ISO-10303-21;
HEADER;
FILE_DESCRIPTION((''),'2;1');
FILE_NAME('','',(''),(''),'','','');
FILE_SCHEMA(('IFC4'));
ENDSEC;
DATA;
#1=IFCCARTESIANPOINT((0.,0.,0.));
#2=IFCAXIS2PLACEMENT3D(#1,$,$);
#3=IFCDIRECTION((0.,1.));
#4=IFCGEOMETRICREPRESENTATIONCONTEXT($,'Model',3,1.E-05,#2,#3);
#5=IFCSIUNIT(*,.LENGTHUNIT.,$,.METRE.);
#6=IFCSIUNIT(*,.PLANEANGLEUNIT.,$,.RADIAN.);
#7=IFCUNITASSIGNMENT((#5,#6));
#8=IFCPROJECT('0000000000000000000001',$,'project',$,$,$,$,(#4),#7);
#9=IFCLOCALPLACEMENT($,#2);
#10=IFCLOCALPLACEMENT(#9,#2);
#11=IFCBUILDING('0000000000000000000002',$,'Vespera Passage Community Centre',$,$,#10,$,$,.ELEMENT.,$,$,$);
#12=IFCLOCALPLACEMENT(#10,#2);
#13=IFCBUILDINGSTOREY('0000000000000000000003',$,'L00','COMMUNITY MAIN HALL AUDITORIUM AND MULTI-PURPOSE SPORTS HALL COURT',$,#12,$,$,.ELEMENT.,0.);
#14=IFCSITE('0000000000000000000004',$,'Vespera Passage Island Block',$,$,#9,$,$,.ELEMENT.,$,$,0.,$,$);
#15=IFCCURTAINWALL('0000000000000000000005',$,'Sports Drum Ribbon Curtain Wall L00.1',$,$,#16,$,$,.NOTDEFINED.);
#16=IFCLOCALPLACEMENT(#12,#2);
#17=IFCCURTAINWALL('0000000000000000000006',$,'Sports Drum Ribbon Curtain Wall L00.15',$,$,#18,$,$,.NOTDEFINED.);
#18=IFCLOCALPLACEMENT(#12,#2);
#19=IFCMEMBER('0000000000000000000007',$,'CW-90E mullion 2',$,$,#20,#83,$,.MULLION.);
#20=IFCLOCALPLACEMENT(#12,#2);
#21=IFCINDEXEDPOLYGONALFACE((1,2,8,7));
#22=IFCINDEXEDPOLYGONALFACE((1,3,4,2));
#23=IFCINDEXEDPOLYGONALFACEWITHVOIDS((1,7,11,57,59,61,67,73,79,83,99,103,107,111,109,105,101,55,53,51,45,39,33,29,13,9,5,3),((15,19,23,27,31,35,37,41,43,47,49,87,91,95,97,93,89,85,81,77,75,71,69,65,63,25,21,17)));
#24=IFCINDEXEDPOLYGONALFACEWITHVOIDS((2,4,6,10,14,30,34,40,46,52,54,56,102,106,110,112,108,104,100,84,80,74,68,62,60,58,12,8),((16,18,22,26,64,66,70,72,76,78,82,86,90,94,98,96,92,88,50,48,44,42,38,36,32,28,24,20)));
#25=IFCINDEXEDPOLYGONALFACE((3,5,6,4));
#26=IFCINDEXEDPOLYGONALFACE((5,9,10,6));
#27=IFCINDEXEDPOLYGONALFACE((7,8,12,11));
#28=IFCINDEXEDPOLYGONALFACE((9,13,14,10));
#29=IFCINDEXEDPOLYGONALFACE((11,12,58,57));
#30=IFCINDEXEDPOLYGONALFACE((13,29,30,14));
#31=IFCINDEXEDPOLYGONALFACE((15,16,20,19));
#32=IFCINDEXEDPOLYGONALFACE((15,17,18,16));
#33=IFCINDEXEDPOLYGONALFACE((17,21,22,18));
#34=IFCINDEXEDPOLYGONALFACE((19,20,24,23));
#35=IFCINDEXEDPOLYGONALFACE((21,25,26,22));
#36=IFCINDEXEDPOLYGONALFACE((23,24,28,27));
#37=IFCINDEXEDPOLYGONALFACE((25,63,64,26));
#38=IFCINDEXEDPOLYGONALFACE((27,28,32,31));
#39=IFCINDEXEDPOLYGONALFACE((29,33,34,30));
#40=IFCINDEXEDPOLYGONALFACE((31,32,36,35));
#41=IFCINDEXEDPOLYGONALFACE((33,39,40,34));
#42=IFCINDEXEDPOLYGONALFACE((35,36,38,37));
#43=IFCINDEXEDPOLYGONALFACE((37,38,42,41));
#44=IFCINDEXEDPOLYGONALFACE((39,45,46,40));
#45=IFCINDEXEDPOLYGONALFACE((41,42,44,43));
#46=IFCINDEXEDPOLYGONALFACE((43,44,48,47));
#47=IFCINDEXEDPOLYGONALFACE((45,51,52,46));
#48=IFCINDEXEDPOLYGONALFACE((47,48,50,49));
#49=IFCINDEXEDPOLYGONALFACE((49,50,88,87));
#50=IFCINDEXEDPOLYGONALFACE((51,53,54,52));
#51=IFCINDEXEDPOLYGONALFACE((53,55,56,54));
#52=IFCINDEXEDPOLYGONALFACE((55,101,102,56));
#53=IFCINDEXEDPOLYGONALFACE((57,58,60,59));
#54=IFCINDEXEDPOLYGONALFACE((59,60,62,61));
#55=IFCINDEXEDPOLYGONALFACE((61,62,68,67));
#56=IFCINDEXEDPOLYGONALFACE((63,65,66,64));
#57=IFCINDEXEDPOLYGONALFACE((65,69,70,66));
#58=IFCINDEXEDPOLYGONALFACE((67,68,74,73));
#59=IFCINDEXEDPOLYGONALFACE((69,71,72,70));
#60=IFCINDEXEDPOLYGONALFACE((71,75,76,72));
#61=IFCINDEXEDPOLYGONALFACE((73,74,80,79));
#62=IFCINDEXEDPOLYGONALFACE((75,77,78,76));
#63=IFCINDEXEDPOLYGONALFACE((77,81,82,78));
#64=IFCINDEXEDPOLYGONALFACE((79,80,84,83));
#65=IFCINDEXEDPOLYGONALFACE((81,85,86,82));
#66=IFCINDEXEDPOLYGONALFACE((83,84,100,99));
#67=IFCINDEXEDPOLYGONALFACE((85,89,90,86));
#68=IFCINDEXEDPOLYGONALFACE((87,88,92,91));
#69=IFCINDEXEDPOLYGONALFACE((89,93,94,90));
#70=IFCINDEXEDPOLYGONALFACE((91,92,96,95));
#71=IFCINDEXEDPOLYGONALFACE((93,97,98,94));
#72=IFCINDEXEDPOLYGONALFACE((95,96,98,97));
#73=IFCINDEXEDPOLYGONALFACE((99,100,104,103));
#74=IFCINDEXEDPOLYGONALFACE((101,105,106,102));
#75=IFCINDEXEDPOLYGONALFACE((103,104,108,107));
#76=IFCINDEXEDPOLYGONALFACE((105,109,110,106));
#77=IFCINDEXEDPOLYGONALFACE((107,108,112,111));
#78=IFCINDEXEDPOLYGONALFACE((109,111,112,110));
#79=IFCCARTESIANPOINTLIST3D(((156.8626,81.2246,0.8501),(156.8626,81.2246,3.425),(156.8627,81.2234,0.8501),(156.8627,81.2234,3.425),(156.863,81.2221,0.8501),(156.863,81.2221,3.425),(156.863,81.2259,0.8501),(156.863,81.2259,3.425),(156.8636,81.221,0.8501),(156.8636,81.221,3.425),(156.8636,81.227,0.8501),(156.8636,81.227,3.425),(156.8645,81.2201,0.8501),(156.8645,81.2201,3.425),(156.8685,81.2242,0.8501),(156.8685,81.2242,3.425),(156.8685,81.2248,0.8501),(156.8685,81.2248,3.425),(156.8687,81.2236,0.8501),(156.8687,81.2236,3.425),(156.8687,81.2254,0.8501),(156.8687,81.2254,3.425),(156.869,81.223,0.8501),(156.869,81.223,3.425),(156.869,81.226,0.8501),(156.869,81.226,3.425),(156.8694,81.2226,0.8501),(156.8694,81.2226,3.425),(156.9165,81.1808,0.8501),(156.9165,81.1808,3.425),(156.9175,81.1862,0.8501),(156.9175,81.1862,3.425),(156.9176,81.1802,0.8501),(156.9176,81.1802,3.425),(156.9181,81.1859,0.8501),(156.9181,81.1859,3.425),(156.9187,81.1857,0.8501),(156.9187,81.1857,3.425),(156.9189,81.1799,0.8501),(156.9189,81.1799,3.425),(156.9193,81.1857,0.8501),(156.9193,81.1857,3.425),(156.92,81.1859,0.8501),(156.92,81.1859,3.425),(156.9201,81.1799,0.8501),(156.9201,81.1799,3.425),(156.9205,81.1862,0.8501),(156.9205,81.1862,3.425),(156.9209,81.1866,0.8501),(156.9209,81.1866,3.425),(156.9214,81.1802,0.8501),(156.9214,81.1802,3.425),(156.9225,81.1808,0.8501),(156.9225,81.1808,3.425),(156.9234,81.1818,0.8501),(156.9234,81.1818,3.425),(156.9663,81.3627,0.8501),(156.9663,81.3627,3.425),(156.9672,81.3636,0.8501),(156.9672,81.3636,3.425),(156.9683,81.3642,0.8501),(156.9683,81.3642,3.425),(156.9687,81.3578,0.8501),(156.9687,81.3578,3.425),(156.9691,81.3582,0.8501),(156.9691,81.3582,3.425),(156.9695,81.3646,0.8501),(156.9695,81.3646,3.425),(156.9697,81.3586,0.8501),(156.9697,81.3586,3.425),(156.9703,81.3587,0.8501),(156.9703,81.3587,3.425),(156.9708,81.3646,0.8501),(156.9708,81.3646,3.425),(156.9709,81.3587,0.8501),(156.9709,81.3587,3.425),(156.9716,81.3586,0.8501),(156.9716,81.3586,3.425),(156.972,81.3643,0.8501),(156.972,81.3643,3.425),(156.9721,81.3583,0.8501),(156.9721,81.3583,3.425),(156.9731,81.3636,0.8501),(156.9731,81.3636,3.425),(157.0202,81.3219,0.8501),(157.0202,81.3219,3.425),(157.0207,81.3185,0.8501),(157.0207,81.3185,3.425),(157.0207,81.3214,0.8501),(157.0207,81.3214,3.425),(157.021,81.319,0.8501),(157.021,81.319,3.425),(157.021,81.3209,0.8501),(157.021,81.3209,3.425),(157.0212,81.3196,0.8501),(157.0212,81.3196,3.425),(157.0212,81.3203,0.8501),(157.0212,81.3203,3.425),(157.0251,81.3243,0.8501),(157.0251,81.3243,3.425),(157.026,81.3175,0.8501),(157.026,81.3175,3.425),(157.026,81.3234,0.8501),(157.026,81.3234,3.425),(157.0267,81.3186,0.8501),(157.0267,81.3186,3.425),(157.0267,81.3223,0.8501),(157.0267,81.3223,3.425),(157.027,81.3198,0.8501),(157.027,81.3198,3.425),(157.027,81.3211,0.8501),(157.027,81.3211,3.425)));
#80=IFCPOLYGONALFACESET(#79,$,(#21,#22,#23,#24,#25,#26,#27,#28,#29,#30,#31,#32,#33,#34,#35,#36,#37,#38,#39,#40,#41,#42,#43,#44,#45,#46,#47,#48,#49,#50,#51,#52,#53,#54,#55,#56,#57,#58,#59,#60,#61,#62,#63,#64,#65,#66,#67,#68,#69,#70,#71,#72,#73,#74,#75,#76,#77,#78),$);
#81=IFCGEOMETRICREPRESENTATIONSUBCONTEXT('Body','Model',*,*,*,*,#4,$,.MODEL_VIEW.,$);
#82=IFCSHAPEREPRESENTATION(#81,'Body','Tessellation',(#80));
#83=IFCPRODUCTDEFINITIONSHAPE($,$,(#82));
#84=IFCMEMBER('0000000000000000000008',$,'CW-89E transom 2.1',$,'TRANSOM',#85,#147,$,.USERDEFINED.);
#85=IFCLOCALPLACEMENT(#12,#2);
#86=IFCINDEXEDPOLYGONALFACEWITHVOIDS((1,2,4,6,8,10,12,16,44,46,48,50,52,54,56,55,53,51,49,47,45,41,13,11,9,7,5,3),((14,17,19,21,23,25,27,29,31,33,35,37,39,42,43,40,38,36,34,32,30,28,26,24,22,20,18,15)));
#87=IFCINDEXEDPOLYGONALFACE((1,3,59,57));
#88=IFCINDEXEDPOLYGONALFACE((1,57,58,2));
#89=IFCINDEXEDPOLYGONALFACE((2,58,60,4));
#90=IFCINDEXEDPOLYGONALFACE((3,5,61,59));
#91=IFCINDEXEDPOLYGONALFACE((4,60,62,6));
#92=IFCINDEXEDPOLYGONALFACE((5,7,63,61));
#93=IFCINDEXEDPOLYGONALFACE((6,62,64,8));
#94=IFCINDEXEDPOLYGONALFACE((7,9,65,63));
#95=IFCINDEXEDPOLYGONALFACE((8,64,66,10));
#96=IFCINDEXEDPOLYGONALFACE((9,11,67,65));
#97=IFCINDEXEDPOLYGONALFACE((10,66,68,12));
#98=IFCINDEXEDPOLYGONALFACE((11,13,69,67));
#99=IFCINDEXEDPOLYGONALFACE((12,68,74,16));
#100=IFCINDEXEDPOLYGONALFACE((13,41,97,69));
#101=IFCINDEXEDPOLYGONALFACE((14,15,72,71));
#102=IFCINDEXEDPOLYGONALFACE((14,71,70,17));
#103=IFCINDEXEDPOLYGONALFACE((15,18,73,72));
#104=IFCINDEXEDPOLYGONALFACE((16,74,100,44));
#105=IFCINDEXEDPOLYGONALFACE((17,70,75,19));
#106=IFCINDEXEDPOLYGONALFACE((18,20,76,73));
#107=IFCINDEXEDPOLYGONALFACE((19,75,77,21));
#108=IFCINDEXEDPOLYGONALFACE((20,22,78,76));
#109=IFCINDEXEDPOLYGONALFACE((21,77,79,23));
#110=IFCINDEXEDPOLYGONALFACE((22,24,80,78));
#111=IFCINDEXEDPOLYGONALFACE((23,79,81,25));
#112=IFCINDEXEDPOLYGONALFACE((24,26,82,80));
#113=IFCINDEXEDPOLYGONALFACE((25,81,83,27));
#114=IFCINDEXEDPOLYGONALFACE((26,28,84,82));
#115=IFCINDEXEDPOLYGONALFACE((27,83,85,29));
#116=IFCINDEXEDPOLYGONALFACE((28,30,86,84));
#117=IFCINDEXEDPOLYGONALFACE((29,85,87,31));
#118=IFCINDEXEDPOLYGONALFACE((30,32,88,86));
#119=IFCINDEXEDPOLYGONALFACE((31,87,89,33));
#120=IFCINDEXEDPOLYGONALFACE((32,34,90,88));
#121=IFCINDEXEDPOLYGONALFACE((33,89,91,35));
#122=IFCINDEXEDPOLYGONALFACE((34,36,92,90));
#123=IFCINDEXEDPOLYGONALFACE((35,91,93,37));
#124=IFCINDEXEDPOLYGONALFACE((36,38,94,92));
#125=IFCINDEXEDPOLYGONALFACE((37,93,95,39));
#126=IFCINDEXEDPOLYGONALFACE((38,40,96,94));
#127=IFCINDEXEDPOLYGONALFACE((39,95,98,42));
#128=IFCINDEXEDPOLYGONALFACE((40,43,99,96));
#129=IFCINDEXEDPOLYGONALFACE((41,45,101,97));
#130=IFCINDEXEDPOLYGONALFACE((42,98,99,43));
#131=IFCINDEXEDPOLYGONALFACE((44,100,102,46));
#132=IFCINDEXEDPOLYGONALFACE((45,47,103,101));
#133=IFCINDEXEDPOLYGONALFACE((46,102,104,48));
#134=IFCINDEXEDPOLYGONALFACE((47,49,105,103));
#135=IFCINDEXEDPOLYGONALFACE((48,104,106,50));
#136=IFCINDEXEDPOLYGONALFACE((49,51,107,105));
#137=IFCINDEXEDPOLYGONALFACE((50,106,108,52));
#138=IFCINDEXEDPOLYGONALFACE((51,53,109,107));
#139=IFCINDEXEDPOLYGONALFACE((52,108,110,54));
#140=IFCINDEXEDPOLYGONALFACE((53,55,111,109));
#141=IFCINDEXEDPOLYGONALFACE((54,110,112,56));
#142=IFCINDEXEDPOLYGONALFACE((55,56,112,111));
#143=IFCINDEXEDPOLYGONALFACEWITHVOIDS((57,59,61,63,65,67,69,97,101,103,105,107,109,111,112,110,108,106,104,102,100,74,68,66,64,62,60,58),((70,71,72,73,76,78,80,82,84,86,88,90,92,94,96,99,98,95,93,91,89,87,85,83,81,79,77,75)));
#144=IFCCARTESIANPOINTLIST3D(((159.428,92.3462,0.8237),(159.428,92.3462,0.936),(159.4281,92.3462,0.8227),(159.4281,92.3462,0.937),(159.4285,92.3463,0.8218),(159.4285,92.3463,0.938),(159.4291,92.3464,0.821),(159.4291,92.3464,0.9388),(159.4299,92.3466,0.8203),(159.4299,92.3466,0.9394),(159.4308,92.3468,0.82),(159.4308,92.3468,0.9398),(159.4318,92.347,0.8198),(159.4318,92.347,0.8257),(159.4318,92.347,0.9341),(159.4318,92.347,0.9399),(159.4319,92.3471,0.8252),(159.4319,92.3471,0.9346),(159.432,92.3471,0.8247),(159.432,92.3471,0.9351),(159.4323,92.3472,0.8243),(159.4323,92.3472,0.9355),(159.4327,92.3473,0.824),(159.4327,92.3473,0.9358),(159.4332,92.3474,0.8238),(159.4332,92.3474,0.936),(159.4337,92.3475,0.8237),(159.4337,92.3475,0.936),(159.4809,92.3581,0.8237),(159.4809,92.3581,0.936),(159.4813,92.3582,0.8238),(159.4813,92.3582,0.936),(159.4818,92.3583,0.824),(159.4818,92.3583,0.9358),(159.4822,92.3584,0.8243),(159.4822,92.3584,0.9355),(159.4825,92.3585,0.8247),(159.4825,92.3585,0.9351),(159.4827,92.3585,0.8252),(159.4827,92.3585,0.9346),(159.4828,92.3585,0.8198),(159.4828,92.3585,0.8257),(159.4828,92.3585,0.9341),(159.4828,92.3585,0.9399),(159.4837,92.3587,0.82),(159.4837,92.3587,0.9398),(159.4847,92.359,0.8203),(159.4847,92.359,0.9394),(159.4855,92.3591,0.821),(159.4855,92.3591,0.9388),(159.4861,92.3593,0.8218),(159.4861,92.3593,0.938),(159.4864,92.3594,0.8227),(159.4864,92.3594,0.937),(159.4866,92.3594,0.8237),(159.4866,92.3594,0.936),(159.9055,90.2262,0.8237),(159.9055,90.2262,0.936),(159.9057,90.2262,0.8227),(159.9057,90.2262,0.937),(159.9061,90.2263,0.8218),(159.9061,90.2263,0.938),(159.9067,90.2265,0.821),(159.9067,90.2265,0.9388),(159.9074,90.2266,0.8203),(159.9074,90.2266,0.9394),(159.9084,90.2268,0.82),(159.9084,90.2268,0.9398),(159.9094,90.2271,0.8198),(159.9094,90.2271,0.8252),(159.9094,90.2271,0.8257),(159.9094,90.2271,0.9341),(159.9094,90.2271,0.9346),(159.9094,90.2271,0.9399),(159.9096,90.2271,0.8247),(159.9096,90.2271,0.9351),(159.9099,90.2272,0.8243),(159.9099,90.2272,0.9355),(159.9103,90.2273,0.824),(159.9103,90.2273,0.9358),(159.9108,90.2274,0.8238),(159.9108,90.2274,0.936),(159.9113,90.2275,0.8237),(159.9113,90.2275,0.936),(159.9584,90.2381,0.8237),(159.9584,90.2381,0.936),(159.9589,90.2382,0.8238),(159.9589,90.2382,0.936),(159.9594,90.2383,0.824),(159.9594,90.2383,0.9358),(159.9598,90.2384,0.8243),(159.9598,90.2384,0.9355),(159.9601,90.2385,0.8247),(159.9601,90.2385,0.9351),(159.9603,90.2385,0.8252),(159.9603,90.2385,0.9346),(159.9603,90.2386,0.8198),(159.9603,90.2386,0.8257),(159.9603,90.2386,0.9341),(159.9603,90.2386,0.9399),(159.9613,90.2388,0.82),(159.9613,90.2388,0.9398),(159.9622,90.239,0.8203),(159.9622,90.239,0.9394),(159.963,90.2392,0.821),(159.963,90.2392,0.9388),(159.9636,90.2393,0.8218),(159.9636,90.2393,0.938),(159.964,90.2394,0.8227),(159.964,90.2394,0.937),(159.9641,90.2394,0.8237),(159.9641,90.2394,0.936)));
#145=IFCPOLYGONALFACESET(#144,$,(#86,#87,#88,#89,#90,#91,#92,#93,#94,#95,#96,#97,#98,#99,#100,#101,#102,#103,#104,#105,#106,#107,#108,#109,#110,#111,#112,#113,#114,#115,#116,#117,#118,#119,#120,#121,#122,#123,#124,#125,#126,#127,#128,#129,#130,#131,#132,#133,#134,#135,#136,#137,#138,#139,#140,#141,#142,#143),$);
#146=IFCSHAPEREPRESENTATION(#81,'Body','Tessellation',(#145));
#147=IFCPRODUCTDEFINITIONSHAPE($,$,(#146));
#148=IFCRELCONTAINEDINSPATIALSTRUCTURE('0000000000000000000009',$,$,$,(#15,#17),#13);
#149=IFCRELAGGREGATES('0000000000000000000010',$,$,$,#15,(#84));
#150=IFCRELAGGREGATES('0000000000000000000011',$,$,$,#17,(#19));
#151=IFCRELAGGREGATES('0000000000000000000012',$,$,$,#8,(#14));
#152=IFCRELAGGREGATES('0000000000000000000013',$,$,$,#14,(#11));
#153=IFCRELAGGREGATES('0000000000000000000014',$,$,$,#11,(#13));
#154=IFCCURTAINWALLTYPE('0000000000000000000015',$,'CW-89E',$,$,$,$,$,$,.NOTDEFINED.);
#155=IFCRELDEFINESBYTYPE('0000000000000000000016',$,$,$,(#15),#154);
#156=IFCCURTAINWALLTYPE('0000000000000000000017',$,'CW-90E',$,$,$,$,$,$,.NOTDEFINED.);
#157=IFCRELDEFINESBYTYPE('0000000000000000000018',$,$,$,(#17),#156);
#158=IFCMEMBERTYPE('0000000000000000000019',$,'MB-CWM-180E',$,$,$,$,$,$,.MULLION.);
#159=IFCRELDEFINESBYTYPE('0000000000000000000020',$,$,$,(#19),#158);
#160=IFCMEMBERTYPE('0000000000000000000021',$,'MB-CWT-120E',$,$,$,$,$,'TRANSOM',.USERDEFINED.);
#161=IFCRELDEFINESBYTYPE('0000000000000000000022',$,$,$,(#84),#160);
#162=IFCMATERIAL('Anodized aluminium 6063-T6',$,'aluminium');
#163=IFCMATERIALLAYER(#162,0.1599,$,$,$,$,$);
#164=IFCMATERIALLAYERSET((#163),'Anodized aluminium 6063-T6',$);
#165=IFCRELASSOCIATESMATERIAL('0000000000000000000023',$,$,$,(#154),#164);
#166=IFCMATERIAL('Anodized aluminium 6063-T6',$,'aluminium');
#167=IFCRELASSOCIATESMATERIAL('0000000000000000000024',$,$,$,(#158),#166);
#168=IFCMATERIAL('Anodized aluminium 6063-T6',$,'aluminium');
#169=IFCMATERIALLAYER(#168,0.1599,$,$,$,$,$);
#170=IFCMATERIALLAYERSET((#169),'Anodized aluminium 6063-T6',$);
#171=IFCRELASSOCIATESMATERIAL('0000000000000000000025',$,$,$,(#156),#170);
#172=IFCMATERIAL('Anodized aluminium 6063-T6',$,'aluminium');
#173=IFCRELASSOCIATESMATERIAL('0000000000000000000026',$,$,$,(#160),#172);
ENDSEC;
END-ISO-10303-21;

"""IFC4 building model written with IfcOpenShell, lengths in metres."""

from ifc_helpers import new_model, si_unit, direction, frame, origin, origin_2d, place, context, subcontext, project, spatial, hollow_rectangle, extrude, material, layer, layer_set, material_profile, profile_set, type_object, element, aggregate, save


model = new_model("IFC4")

# Units and contexts
model_context = context("Model", 3, precision=1e-05, world=origin(), true_north=direction((0.0, 1.0)))
body_context = subcontext(model_context, "Body", "Model", "MODEL_VIEW")
ifc_project = project(units=[si_unit("LENGTHUNIT", "METRE"), si_unit("PLANEANGLEUNIT", "RADIAN")], contexts=[model_context])

# Site, building, storey
site_placement = place(None, origin())
site = spatial("IfcSite", under=ifc_project, at=site_placement, Name="Vespera Passage Island Block", CompositionType="ELEMENT", RefElevation=0.0)
building_placement = place(site_placement, origin())
building = spatial("IfcBuilding", under=site, at=building_placement, Name="Vespera Passage Community Centre", CompositionType="ELEMENT")
storey_placement = place(building_placement, origin())
storey = spatial("IfcBuildingStorey", under=building, at=storey_placement, Name="L00", Description="COMMUNITY MAIN HALL AUDITORIUM AND MULTI-PURPOSE SPORTS HALL COURT", CompositionType="ELEMENT", Elevation=0.0)

# Curtain wall
ifc_material_1 = material(Name="Anodized aluminium 6063-T6", Category="aluminium")
ifc_layer_1 = layer(ifc_material_1, 0.1599)
ifc_layer_set_1 = layer_set([ifc_layer_1], Name="Anodized aluminium 6063-T6")
curtain_wall_type_1 = type_object("IfcCurtainWallType", Name="CW-89E", PredefinedType="NOTDEFINED", material=ifc_layer_set_1)
curtain_wall_1_placement = place(storey_placement, origin())
curtain_wall_1 = element("IfcCurtainWall", 1, at=curtain_wall_1_placement, inside=storey, type_object=curtain_wall_type_1, Name="Sports Drum Ribbon Curtain Wall L00.1", PredefinedType="NOTDEFINED")
ifc_material_2 = material(Name="Anodized aluminium 6063-T6", Category="aluminium")
ifc_material_profile_1 = material_profile(ifc_material_2, hollow_rectangle(XDim=0.075, YDim=0.1799, WallThickness=0.0049, InnerFilletRadius=0.0024, OuterFilletRadius=0.0049, at=origin_2d()), Name="ALU180X75X5")
ifc_profile_set_1 = profile_set([ifc_material_profile_1], Name="Anodized aluminium 6063-T6")
member_type_1 = type_object("IfcMemberType", Name="MB-CWM-180E", PredefinedType="MULLION", material=ifc_profile_set_1)

# Curtain wall, member
ifc_material_3 = material(Name="Anodized aluminium 6063-T6", Category="aluminium")
ifc_layer_2 = layer(ifc_material_3, 0.1599)
ifc_layer_set_2 = layer_set([ifc_layer_2], Name="Anodized aluminium 6063-T6")
curtain_wall_type_2 = type_object("IfcCurtainWallType", Name="CW-90E", PredefinedType="NOTDEFINED", material=ifc_layer_set_2)
curtain_wall_2_placement = place(storey_placement, origin())
curtain_wall_2 = element("IfcCurtainWall", 2, at=curtain_wall_2_placement, inside=storey, type_object=curtain_wall_type_2, Name="Sports Drum Ribbon Curtain Wall L00.15", PredefinedType="NOTDEFINED")
member_1_placement = place(storey_placement, frame((156.9448, 81.2722, 0.8501), z_axis=(0.0, 0.0, 1.0), x_axis=(0.797434, -0.603406, 0.0)))
member_1 = element("IfcMember", 3, at=member_1_placement, type_object=member_type_1, Name="CW-90E mullion 2", PredefinedType="MULLION", context=body_context, shape_type="SweptSolid", body=[
    extrude(hollow_rectangle(XDim=0.075, YDim=0.1799, WallThickness=0.0049, InnerFilletRadius=0.0024, OuterFilletRadius=0.0049, at=origin_2d()), origin(), (0.0, 0.0, 1.0), 2.575),
])

# Member
ifc_material_4 = material(Name="Anodized aluminium 6063-T6", Category="aluminium")
ifc_material_profile_2 = material_profile(ifc_material_4, hollow_rectangle(XDim=0.0601, YDim=0.1201, WallThickness=0.0039, InnerFilletRadius=0.002, OuterFilletRadius=0.0039, at=origin_2d()), Name="ALU120X60X4")
ifc_profile_set_2 = profile_set([ifc_material_profile_2], Name="Anodized aluminium 6063-T6")
member_type_2 = type_object("IfcMemberType", Name="MB-CWT-120E", ElementType="TRANSOM", PredefinedType="USERDEFINED", material=ifc_profile_set_2)
member_2_placement = place(storey_placement, frame((159.4573, 92.3528, 0.8799), z_axis=(0.219761, -0.975554, 0.0), x_axis=(0.975554, 0.219761, 0.0)))
member_2 = element("IfcMember", 4, at=member_2_placement, type_object=member_type_2, Name="CW-89E transom 2.1", ObjectType="TRANSOM", PredefinedType="USERDEFINED", context=body_context, shape_type="SweptSolid", body=[
    extrude(hollow_rectangle(XDim=0.0601, YDim=0.1201, WallThickness=0.0039, InnerFilletRadius=0.002, OuterFilletRadius=0.0039, at=origin_2d()), origin(), (0.0, 0.0, 1.0), 2.1731),
])

aggregate(curtain_wall_1, [member_2])
aggregate(curtain_wall_2, [member_1])

save(model, "model.ifc")
